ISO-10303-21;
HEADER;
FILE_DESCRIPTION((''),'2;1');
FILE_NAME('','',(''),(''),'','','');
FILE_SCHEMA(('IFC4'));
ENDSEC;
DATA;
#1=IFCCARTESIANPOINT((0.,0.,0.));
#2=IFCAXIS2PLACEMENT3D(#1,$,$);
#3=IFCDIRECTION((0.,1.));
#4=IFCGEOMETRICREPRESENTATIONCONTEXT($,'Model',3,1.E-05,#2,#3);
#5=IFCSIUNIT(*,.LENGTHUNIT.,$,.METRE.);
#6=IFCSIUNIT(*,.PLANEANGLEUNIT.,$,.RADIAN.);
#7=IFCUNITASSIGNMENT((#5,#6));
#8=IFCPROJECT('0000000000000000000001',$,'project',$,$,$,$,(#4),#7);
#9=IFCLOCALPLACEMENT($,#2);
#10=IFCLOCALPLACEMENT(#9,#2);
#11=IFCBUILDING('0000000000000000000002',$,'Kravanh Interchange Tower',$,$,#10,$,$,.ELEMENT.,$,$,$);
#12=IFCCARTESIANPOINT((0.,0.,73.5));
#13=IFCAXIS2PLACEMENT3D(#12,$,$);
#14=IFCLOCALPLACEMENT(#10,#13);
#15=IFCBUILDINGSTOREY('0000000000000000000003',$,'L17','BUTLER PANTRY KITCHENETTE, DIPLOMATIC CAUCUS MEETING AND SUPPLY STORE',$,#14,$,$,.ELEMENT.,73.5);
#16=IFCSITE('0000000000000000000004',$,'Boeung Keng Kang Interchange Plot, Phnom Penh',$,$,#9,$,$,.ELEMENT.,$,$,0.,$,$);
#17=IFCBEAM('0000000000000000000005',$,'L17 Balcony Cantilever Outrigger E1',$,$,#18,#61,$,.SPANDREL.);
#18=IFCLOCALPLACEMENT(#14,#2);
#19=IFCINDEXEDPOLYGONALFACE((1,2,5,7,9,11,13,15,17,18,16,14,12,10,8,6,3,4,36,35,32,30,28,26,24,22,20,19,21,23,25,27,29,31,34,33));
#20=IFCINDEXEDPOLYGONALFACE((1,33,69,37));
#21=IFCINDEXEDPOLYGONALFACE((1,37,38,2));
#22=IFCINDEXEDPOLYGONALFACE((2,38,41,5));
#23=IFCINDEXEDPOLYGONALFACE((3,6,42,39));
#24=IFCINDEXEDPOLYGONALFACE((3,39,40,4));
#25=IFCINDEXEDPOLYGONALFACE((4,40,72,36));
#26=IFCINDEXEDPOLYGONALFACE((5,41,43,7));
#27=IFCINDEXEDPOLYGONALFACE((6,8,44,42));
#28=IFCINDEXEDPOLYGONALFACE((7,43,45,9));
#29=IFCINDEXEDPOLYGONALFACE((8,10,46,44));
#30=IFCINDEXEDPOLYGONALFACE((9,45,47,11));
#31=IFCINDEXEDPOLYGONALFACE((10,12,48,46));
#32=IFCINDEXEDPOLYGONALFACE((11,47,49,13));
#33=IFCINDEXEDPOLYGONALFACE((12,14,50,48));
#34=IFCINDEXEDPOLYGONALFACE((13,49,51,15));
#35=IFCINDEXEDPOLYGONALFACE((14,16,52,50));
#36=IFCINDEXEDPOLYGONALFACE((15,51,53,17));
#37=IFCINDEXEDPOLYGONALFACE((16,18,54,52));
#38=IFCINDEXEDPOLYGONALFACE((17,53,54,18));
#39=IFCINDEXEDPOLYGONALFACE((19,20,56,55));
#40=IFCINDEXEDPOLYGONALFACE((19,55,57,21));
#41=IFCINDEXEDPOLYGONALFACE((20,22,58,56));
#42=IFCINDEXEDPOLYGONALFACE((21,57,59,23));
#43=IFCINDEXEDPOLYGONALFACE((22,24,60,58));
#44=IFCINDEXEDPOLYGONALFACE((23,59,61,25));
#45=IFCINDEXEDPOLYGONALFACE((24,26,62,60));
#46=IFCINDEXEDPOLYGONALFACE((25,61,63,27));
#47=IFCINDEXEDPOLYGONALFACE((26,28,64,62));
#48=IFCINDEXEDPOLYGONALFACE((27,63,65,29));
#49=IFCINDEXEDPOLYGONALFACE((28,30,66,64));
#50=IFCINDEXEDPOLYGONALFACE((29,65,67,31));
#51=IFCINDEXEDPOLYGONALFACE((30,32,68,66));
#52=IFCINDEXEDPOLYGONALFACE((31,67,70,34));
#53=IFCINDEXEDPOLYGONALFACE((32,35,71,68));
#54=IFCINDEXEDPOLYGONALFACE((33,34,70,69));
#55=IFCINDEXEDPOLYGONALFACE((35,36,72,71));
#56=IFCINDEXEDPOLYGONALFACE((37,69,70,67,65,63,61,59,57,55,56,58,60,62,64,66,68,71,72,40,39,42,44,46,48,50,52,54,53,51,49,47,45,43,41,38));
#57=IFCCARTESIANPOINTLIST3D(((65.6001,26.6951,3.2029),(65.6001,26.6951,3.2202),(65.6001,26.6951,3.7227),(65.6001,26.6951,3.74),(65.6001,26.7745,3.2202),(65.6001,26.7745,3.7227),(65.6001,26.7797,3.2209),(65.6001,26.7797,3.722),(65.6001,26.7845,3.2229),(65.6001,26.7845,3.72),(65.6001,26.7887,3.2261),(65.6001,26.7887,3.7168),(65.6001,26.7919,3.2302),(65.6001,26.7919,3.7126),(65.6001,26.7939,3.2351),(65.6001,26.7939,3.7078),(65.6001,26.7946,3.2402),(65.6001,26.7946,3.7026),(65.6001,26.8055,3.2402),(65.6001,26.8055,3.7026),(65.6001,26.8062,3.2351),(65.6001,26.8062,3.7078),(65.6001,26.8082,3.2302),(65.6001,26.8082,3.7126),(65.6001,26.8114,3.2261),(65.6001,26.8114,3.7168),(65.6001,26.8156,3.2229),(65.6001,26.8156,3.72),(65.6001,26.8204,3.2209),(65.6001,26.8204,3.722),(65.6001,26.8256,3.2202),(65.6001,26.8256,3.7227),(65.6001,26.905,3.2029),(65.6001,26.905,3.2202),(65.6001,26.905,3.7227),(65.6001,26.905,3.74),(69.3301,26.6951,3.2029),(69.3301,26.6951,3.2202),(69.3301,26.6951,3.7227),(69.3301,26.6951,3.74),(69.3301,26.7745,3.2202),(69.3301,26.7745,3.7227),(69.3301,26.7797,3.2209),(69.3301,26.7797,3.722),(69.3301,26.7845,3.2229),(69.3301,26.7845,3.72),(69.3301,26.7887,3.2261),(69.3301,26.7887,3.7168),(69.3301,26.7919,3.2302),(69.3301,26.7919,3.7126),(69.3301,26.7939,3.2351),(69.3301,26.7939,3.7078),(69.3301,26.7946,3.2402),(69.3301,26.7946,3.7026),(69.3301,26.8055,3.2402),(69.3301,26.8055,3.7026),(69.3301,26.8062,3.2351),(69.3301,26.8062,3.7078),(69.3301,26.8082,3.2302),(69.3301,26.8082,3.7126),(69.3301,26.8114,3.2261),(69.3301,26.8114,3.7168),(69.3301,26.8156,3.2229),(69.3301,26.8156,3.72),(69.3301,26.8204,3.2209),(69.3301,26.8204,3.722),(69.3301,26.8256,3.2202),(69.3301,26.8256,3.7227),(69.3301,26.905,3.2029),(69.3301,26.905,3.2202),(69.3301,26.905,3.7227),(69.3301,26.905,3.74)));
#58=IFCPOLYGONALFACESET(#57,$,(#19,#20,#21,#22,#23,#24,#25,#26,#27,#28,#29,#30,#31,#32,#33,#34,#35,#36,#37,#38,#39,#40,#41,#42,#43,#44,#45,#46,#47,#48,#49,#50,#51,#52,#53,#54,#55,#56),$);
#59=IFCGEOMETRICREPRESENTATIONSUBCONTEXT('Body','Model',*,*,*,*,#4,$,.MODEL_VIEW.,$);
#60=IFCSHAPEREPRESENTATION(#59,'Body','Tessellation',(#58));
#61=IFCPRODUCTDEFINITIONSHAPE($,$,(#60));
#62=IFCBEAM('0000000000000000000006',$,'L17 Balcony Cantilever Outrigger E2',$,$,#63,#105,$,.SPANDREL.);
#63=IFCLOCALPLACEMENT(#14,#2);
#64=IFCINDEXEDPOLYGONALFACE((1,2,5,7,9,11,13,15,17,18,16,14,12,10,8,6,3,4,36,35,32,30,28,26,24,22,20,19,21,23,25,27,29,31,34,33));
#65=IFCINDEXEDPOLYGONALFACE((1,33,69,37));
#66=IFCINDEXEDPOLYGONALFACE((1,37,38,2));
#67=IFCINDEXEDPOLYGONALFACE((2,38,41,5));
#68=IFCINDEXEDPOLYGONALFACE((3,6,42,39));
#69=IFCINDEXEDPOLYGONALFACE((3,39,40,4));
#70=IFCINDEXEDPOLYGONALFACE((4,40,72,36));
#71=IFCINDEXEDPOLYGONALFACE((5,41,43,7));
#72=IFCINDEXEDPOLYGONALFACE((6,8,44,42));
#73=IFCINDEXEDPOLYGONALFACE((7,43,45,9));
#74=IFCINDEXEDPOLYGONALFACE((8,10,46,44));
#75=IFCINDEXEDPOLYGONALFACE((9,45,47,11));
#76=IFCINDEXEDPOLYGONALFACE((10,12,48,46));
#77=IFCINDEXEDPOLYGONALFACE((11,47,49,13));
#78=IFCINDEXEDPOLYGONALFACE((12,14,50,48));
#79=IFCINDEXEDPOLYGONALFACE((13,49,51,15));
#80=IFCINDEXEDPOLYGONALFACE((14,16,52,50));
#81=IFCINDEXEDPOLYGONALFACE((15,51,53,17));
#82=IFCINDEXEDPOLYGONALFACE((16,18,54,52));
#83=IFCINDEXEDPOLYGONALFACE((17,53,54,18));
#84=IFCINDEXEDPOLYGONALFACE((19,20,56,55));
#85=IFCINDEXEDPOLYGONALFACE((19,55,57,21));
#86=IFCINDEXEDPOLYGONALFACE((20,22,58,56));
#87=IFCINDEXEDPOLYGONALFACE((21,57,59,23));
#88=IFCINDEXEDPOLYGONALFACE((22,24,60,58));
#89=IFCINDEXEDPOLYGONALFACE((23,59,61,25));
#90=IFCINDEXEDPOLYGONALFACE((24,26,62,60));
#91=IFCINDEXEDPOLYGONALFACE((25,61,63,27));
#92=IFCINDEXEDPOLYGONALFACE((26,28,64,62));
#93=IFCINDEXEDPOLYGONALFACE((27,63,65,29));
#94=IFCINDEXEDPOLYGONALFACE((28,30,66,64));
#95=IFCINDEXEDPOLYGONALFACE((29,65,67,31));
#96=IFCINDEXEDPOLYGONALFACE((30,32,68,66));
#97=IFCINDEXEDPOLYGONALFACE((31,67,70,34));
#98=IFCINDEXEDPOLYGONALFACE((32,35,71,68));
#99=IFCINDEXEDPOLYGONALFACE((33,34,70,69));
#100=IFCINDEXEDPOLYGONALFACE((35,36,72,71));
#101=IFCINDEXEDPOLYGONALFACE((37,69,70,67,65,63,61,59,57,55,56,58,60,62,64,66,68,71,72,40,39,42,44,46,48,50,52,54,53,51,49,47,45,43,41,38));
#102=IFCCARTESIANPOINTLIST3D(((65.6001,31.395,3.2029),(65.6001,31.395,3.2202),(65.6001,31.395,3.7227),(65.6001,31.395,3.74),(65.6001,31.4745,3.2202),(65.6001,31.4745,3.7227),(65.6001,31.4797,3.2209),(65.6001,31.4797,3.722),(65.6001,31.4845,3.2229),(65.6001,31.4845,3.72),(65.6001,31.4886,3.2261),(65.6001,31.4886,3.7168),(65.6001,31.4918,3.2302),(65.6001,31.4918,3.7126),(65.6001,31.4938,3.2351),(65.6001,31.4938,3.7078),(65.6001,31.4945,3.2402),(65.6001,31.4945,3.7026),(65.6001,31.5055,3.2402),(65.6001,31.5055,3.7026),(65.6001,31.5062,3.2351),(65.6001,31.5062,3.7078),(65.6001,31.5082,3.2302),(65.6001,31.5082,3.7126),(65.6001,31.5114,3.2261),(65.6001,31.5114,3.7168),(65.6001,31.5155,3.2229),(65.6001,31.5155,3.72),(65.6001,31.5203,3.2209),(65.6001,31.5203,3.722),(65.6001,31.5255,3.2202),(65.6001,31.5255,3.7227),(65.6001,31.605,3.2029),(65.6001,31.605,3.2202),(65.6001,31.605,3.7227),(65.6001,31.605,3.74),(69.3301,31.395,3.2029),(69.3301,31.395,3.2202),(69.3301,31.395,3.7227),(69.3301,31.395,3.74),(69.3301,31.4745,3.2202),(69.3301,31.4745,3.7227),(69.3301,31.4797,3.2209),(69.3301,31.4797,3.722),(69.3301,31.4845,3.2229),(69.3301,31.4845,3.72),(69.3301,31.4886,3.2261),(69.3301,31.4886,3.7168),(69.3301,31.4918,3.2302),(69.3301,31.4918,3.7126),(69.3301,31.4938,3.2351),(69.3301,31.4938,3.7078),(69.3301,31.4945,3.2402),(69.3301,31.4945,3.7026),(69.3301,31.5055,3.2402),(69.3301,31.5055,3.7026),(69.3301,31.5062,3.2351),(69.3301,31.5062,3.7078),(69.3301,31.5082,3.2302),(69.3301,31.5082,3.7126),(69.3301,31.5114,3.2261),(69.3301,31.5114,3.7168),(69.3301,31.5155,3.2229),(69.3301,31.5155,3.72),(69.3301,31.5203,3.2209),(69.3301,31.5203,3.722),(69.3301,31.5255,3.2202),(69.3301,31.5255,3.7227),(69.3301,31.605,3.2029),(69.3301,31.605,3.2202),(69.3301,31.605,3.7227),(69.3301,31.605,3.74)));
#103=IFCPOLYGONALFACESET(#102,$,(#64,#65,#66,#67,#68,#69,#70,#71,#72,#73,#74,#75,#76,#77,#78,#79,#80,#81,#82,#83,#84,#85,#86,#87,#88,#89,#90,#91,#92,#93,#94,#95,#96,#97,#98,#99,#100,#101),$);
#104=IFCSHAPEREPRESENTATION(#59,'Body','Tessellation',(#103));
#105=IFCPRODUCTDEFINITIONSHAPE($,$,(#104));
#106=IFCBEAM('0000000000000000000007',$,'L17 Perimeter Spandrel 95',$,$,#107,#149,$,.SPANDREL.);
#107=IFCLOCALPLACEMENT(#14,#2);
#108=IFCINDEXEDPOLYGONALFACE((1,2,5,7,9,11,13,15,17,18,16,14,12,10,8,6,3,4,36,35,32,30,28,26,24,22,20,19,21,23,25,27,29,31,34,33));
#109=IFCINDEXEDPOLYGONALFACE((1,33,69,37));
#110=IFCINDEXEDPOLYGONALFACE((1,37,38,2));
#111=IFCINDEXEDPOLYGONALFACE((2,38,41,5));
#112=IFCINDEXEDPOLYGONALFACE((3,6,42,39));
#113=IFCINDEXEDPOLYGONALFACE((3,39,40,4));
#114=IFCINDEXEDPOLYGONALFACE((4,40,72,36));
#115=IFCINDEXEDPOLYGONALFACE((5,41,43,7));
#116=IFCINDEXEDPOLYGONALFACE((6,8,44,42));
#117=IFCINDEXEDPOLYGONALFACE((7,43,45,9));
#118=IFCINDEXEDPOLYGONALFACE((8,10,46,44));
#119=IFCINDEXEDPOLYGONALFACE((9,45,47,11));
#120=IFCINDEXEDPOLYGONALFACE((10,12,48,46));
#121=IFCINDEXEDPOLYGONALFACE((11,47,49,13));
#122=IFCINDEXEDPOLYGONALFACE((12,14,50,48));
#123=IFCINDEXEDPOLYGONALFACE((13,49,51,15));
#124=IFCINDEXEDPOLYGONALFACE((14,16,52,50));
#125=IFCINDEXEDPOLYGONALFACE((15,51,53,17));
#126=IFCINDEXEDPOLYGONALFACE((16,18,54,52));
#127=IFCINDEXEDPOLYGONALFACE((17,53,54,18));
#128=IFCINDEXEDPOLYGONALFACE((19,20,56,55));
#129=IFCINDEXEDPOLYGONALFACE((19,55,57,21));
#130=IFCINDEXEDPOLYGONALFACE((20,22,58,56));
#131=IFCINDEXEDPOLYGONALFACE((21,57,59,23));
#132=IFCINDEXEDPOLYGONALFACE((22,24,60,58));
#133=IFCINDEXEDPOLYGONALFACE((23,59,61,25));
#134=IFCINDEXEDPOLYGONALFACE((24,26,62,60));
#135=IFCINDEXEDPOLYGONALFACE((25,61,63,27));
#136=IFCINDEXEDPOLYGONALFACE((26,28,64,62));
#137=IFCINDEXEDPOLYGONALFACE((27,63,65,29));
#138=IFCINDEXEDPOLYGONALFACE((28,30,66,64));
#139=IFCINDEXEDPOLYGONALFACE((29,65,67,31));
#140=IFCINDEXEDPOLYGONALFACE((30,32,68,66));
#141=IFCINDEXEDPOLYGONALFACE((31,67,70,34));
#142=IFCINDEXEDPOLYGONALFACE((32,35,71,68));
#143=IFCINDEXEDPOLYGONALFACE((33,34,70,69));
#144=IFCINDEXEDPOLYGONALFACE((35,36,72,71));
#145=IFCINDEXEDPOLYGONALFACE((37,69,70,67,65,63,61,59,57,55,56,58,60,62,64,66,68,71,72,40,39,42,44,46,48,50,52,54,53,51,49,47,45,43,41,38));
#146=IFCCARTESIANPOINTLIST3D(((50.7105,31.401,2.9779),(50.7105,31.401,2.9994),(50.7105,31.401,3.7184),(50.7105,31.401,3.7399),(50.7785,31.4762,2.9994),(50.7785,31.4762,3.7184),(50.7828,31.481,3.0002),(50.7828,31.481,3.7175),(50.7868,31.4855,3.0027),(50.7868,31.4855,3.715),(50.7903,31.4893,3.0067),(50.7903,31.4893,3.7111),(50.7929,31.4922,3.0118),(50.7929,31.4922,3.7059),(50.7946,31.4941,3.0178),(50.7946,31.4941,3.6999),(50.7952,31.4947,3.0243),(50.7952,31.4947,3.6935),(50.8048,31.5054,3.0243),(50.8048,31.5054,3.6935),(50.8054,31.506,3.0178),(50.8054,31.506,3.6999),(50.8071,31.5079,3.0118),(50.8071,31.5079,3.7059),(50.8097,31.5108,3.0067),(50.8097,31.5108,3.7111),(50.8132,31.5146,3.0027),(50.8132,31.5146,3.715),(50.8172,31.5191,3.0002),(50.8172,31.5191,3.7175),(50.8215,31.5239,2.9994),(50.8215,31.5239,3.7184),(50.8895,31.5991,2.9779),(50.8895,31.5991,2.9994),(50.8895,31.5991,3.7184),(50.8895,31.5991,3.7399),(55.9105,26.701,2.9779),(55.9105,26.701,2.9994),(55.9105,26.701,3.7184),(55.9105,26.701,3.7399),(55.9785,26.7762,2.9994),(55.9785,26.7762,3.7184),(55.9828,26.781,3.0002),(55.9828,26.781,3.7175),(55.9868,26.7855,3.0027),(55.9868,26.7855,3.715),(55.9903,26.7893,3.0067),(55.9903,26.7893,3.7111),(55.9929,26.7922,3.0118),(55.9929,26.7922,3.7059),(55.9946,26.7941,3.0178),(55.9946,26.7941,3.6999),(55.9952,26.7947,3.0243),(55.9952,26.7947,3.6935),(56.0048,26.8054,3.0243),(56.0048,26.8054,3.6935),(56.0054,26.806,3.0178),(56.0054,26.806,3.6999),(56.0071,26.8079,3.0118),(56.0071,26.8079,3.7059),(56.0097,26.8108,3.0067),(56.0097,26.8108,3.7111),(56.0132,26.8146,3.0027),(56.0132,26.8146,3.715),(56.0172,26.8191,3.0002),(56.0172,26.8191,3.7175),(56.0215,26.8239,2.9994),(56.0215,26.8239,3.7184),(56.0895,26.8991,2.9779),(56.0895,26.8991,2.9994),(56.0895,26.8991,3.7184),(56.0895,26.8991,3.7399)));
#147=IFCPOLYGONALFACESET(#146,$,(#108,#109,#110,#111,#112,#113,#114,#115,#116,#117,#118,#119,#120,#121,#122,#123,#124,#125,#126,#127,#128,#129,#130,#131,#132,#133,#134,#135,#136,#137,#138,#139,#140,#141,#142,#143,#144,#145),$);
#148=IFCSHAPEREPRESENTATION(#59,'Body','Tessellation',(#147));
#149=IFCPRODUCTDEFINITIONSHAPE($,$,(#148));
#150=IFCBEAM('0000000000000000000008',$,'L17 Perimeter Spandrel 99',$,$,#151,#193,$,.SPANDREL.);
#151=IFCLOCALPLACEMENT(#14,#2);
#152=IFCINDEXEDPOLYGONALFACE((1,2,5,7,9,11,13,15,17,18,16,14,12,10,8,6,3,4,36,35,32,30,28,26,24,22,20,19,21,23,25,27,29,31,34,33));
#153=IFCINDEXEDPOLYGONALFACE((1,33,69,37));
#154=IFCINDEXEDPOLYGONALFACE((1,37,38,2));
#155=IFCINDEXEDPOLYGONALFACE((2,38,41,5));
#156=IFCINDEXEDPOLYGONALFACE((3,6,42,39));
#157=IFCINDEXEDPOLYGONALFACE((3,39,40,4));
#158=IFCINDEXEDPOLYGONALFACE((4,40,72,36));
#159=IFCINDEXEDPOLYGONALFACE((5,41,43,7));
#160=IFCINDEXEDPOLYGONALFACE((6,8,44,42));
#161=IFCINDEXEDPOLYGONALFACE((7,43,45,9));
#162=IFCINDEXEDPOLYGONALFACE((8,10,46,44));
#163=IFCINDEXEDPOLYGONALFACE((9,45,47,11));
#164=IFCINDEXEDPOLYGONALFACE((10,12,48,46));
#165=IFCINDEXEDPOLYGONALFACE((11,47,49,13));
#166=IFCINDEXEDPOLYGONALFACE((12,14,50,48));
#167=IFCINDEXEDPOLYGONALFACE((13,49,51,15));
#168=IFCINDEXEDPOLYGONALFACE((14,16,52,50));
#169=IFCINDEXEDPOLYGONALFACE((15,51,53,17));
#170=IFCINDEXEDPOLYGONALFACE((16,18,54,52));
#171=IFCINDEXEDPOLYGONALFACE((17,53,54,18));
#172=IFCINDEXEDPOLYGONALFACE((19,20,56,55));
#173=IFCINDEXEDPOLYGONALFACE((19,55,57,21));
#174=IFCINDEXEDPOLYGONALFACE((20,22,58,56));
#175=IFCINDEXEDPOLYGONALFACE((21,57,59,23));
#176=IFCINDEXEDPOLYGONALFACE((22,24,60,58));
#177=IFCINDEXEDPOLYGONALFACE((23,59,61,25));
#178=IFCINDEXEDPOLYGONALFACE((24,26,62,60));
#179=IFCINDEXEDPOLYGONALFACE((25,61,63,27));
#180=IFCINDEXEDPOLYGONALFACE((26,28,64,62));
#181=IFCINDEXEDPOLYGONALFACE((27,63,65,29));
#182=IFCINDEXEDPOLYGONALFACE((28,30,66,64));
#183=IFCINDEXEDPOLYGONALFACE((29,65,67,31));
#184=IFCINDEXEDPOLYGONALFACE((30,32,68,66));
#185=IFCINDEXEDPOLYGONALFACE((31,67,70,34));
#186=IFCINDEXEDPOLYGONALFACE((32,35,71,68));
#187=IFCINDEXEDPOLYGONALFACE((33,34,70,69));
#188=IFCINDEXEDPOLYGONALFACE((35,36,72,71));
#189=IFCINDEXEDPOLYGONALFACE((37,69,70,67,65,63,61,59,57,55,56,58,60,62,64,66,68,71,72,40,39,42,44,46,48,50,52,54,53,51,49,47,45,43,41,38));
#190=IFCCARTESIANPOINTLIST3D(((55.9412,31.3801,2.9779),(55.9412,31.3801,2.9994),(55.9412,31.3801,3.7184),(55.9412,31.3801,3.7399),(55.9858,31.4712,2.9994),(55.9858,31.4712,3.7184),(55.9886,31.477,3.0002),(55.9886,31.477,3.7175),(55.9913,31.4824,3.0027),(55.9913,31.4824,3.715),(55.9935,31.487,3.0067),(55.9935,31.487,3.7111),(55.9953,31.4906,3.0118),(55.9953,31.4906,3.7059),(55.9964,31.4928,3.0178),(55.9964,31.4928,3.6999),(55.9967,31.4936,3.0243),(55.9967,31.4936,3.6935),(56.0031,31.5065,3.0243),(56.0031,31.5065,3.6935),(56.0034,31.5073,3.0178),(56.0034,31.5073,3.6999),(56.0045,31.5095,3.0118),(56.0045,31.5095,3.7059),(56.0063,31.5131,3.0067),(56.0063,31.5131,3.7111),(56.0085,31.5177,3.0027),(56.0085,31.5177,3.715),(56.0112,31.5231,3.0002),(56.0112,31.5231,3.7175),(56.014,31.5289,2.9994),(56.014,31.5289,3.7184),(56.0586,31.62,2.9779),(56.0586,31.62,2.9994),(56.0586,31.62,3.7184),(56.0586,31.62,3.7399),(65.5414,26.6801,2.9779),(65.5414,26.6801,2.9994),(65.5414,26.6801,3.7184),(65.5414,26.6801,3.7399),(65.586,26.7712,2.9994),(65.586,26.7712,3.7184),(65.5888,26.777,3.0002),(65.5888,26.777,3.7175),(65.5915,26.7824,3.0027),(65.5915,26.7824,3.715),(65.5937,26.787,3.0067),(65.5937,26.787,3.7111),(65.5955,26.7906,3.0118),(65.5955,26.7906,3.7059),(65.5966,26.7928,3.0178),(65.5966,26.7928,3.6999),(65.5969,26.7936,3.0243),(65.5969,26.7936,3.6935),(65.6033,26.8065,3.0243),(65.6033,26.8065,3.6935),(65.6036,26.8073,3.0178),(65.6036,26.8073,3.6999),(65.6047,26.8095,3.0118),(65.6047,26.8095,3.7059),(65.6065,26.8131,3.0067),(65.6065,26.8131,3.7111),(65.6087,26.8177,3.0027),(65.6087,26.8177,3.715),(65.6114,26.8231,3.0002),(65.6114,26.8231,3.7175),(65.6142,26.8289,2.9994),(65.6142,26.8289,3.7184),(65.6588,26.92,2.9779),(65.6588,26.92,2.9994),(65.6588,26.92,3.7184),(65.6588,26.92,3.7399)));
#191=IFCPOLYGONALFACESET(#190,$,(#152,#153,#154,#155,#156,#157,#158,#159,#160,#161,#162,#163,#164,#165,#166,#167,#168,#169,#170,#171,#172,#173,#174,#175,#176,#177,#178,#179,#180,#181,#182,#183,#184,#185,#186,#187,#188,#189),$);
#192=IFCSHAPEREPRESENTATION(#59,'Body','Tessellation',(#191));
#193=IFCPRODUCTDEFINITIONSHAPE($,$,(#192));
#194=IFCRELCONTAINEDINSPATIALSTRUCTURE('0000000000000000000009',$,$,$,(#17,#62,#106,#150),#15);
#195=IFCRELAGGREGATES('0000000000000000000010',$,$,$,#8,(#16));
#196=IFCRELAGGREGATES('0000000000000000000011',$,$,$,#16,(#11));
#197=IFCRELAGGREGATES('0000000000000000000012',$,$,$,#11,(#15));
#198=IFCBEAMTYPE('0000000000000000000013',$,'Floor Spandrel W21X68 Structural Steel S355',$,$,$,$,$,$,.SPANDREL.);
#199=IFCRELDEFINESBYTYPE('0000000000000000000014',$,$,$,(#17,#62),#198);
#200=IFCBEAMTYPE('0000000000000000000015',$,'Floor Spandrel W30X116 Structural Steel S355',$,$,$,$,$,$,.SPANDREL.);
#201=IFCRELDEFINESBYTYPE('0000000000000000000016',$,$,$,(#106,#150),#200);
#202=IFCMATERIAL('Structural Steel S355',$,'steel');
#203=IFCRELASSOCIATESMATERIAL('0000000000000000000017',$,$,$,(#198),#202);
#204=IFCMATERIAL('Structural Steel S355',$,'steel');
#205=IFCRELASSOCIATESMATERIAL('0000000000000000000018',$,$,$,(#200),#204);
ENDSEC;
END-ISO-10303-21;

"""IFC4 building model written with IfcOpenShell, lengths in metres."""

from ifc_helpers import new_model, si_unit, direction, frame, origin, origin_2d, place, context, subcontext, project, spatial, i_section, extrude, material, material_profile, profile_set, type_object, element, save


model = new_model("IFC4")

# Units and contexts
model_context = context("Model", 3, precision=1e-05, world=origin(), true_north=direction((0.0, 1.0)))
body_context = subcontext(model_context, "Body", "Model", "MODEL_VIEW")
ifc_project = project(units=[si_unit("LENGTHUNIT", "METRE"), si_unit("PLANEANGLEUNIT", "RADIAN")], contexts=[model_context])

# Site, building, storey
site_placement = place(None, origin())
site = spatial("IfcSite", under=ifc_project, at=site_placement, Name="Boeung Keng Kang Interchange Plot, Phnom Penh", CompositionType="ELEMENT", RefElevation=0.0)
building_placement = place(site_placement, origin())
building = spatial("IfcBuilding", under=site, at=building_placement, Name="Kravanh Interchange Tower", CompositionType="ELEMENT")
storey_placement = place(building_placement, frame((0.0, 0.0, 73.5)))
storey = spatial("IfcBuildingStorey", under=building, at=storey_placement, Name="L17", Description="BUTLER PANTRY KITCHENETTE, DIPLOMATIC CAUCUS MEETING AND SUPPLY STORE", CompositionType="ELEMENT", Elevation=73.5)

# Beams
ifc_material_1 = material(Name="Structural Steel S355", Category="steel")
ifc_material_profile_1 = material_profile(ifc_material_1, i_section(OverallWidth=0.21, OverallDepth=0.5371, WebThickness=0.011, FlangeThickness=0.0173, FilletRadius=0.02, at=origin_2d()), Name="W21X68")
ifc_profile_set_1 = profile_set([ifc_material_profile_1], Name="Structural Steel S355")
beam_type_1 = type_object("IfcBeamType", Name="Floor Spandrel W21X68 Structural Steel S355", PredefinedType="SPANDREL", material=ifc_profile_set_1)
for number, where, z_axis, x_axis, name in (
    (1, (65.6001, 26.8, 3.4714), (1.0, 0.0, 0.0), (0.0, 1.0, 0.0), "L17 Balcony Cantilever Outrigger E1"),
    (2, (65.6001, 31.5, 3.4714), (1.0, 0.0, 0.0), (0.0, 1.0, 0.0), "L17 Balcony Cantilever Outrigger E2"),
):
    element("IfcBeam", number, at=place(storey_placement, frame(where, z_axis=z_axis, x_axis=x_axis)), inside=storey, type_object=beam_type_1, Name=name, PredefinedType="SPANDREL", context=body_context, shape_type="SweptSolid", body=[
        extrude(i_section(OverallWidth=0.21, OverallDepth=0.5371, WebThickness=0.011, FlangeThickness=0.0173, FilletRadius=0.02, at=origin_2d()), origin(), (0.0, 0.0, 1.0), 3.73),
    ])
ifc_material_2 = material(Name="Structural Steel S355", Category="steel")
ifc_material_profile_2 = material_profile(ifc_material_2, i_section(OverallWidth=0.2671, OverallDepth=0.762, WebThickness=0.0144, FlangeThickness=0.0215, FilletRadius=0.0249, at=origin_2d()), Name="W30X116")
ifc_profile_set_2 = profile_set([ifc_material_profile_2], Name="Structural Steel S355")
beam_type_2 = type_object("IfcBeamType", Name="Floor Spandrel W30X116 Structural Steel S355", PredefinedType="SPANDREL", material=ifc_profile_set_2)
beam_1_placement = place(storey_placement, frame((56.0, 26.8, 3.3589), z_axis=(-0.741874, 0.670539, 0.0), x_axis=(-0.670539, -0.741874, 0.0)))
element("IfcBeam", 3, at=beam_1_placement, inside=storey, type_object=beam_type_2, Name="L17 Perimeter Spandrel 95", PredefinedType="SPANDREL", context=body_context, shape_type="SweptSolid", body=[
    extrude(i_section(OverallWidth=0.2671, OverallDepth=0.762, WebThickness=0.0144, FlangeThickness=0.0215, FilletRadius=0.0249, at=origin_2d()), origin(), (0.0, 0.0, 1.0), 7.0093),
])
beam_2_placement = place(storey_placement, frame((65.6001, 26.8, 3.3589), z_axis=(-0.898142, 0.439706, 0.0), x_axis=(-0.439706, -0.898142, 0.0)))
element("IfcBeam", 4, at=beam_2_placement, inside=storey, type_object=beam_type_2, Name="L17 Perimeter Spandrel 99", PredefinedType="SPANDREL", context=body_context, shape_type="SweptSolid", body=[
    extrude(i_section(OverallWidth=0.2671, OverallDepth=0.762, WebThickness=0.0144, FlangeThickness=0.0215, FilletRadius=0.0249, at=origin_2d()), origin(), (0.0, 0.0, 1.0), 10.689),
])

save(model, "model.ifc")
